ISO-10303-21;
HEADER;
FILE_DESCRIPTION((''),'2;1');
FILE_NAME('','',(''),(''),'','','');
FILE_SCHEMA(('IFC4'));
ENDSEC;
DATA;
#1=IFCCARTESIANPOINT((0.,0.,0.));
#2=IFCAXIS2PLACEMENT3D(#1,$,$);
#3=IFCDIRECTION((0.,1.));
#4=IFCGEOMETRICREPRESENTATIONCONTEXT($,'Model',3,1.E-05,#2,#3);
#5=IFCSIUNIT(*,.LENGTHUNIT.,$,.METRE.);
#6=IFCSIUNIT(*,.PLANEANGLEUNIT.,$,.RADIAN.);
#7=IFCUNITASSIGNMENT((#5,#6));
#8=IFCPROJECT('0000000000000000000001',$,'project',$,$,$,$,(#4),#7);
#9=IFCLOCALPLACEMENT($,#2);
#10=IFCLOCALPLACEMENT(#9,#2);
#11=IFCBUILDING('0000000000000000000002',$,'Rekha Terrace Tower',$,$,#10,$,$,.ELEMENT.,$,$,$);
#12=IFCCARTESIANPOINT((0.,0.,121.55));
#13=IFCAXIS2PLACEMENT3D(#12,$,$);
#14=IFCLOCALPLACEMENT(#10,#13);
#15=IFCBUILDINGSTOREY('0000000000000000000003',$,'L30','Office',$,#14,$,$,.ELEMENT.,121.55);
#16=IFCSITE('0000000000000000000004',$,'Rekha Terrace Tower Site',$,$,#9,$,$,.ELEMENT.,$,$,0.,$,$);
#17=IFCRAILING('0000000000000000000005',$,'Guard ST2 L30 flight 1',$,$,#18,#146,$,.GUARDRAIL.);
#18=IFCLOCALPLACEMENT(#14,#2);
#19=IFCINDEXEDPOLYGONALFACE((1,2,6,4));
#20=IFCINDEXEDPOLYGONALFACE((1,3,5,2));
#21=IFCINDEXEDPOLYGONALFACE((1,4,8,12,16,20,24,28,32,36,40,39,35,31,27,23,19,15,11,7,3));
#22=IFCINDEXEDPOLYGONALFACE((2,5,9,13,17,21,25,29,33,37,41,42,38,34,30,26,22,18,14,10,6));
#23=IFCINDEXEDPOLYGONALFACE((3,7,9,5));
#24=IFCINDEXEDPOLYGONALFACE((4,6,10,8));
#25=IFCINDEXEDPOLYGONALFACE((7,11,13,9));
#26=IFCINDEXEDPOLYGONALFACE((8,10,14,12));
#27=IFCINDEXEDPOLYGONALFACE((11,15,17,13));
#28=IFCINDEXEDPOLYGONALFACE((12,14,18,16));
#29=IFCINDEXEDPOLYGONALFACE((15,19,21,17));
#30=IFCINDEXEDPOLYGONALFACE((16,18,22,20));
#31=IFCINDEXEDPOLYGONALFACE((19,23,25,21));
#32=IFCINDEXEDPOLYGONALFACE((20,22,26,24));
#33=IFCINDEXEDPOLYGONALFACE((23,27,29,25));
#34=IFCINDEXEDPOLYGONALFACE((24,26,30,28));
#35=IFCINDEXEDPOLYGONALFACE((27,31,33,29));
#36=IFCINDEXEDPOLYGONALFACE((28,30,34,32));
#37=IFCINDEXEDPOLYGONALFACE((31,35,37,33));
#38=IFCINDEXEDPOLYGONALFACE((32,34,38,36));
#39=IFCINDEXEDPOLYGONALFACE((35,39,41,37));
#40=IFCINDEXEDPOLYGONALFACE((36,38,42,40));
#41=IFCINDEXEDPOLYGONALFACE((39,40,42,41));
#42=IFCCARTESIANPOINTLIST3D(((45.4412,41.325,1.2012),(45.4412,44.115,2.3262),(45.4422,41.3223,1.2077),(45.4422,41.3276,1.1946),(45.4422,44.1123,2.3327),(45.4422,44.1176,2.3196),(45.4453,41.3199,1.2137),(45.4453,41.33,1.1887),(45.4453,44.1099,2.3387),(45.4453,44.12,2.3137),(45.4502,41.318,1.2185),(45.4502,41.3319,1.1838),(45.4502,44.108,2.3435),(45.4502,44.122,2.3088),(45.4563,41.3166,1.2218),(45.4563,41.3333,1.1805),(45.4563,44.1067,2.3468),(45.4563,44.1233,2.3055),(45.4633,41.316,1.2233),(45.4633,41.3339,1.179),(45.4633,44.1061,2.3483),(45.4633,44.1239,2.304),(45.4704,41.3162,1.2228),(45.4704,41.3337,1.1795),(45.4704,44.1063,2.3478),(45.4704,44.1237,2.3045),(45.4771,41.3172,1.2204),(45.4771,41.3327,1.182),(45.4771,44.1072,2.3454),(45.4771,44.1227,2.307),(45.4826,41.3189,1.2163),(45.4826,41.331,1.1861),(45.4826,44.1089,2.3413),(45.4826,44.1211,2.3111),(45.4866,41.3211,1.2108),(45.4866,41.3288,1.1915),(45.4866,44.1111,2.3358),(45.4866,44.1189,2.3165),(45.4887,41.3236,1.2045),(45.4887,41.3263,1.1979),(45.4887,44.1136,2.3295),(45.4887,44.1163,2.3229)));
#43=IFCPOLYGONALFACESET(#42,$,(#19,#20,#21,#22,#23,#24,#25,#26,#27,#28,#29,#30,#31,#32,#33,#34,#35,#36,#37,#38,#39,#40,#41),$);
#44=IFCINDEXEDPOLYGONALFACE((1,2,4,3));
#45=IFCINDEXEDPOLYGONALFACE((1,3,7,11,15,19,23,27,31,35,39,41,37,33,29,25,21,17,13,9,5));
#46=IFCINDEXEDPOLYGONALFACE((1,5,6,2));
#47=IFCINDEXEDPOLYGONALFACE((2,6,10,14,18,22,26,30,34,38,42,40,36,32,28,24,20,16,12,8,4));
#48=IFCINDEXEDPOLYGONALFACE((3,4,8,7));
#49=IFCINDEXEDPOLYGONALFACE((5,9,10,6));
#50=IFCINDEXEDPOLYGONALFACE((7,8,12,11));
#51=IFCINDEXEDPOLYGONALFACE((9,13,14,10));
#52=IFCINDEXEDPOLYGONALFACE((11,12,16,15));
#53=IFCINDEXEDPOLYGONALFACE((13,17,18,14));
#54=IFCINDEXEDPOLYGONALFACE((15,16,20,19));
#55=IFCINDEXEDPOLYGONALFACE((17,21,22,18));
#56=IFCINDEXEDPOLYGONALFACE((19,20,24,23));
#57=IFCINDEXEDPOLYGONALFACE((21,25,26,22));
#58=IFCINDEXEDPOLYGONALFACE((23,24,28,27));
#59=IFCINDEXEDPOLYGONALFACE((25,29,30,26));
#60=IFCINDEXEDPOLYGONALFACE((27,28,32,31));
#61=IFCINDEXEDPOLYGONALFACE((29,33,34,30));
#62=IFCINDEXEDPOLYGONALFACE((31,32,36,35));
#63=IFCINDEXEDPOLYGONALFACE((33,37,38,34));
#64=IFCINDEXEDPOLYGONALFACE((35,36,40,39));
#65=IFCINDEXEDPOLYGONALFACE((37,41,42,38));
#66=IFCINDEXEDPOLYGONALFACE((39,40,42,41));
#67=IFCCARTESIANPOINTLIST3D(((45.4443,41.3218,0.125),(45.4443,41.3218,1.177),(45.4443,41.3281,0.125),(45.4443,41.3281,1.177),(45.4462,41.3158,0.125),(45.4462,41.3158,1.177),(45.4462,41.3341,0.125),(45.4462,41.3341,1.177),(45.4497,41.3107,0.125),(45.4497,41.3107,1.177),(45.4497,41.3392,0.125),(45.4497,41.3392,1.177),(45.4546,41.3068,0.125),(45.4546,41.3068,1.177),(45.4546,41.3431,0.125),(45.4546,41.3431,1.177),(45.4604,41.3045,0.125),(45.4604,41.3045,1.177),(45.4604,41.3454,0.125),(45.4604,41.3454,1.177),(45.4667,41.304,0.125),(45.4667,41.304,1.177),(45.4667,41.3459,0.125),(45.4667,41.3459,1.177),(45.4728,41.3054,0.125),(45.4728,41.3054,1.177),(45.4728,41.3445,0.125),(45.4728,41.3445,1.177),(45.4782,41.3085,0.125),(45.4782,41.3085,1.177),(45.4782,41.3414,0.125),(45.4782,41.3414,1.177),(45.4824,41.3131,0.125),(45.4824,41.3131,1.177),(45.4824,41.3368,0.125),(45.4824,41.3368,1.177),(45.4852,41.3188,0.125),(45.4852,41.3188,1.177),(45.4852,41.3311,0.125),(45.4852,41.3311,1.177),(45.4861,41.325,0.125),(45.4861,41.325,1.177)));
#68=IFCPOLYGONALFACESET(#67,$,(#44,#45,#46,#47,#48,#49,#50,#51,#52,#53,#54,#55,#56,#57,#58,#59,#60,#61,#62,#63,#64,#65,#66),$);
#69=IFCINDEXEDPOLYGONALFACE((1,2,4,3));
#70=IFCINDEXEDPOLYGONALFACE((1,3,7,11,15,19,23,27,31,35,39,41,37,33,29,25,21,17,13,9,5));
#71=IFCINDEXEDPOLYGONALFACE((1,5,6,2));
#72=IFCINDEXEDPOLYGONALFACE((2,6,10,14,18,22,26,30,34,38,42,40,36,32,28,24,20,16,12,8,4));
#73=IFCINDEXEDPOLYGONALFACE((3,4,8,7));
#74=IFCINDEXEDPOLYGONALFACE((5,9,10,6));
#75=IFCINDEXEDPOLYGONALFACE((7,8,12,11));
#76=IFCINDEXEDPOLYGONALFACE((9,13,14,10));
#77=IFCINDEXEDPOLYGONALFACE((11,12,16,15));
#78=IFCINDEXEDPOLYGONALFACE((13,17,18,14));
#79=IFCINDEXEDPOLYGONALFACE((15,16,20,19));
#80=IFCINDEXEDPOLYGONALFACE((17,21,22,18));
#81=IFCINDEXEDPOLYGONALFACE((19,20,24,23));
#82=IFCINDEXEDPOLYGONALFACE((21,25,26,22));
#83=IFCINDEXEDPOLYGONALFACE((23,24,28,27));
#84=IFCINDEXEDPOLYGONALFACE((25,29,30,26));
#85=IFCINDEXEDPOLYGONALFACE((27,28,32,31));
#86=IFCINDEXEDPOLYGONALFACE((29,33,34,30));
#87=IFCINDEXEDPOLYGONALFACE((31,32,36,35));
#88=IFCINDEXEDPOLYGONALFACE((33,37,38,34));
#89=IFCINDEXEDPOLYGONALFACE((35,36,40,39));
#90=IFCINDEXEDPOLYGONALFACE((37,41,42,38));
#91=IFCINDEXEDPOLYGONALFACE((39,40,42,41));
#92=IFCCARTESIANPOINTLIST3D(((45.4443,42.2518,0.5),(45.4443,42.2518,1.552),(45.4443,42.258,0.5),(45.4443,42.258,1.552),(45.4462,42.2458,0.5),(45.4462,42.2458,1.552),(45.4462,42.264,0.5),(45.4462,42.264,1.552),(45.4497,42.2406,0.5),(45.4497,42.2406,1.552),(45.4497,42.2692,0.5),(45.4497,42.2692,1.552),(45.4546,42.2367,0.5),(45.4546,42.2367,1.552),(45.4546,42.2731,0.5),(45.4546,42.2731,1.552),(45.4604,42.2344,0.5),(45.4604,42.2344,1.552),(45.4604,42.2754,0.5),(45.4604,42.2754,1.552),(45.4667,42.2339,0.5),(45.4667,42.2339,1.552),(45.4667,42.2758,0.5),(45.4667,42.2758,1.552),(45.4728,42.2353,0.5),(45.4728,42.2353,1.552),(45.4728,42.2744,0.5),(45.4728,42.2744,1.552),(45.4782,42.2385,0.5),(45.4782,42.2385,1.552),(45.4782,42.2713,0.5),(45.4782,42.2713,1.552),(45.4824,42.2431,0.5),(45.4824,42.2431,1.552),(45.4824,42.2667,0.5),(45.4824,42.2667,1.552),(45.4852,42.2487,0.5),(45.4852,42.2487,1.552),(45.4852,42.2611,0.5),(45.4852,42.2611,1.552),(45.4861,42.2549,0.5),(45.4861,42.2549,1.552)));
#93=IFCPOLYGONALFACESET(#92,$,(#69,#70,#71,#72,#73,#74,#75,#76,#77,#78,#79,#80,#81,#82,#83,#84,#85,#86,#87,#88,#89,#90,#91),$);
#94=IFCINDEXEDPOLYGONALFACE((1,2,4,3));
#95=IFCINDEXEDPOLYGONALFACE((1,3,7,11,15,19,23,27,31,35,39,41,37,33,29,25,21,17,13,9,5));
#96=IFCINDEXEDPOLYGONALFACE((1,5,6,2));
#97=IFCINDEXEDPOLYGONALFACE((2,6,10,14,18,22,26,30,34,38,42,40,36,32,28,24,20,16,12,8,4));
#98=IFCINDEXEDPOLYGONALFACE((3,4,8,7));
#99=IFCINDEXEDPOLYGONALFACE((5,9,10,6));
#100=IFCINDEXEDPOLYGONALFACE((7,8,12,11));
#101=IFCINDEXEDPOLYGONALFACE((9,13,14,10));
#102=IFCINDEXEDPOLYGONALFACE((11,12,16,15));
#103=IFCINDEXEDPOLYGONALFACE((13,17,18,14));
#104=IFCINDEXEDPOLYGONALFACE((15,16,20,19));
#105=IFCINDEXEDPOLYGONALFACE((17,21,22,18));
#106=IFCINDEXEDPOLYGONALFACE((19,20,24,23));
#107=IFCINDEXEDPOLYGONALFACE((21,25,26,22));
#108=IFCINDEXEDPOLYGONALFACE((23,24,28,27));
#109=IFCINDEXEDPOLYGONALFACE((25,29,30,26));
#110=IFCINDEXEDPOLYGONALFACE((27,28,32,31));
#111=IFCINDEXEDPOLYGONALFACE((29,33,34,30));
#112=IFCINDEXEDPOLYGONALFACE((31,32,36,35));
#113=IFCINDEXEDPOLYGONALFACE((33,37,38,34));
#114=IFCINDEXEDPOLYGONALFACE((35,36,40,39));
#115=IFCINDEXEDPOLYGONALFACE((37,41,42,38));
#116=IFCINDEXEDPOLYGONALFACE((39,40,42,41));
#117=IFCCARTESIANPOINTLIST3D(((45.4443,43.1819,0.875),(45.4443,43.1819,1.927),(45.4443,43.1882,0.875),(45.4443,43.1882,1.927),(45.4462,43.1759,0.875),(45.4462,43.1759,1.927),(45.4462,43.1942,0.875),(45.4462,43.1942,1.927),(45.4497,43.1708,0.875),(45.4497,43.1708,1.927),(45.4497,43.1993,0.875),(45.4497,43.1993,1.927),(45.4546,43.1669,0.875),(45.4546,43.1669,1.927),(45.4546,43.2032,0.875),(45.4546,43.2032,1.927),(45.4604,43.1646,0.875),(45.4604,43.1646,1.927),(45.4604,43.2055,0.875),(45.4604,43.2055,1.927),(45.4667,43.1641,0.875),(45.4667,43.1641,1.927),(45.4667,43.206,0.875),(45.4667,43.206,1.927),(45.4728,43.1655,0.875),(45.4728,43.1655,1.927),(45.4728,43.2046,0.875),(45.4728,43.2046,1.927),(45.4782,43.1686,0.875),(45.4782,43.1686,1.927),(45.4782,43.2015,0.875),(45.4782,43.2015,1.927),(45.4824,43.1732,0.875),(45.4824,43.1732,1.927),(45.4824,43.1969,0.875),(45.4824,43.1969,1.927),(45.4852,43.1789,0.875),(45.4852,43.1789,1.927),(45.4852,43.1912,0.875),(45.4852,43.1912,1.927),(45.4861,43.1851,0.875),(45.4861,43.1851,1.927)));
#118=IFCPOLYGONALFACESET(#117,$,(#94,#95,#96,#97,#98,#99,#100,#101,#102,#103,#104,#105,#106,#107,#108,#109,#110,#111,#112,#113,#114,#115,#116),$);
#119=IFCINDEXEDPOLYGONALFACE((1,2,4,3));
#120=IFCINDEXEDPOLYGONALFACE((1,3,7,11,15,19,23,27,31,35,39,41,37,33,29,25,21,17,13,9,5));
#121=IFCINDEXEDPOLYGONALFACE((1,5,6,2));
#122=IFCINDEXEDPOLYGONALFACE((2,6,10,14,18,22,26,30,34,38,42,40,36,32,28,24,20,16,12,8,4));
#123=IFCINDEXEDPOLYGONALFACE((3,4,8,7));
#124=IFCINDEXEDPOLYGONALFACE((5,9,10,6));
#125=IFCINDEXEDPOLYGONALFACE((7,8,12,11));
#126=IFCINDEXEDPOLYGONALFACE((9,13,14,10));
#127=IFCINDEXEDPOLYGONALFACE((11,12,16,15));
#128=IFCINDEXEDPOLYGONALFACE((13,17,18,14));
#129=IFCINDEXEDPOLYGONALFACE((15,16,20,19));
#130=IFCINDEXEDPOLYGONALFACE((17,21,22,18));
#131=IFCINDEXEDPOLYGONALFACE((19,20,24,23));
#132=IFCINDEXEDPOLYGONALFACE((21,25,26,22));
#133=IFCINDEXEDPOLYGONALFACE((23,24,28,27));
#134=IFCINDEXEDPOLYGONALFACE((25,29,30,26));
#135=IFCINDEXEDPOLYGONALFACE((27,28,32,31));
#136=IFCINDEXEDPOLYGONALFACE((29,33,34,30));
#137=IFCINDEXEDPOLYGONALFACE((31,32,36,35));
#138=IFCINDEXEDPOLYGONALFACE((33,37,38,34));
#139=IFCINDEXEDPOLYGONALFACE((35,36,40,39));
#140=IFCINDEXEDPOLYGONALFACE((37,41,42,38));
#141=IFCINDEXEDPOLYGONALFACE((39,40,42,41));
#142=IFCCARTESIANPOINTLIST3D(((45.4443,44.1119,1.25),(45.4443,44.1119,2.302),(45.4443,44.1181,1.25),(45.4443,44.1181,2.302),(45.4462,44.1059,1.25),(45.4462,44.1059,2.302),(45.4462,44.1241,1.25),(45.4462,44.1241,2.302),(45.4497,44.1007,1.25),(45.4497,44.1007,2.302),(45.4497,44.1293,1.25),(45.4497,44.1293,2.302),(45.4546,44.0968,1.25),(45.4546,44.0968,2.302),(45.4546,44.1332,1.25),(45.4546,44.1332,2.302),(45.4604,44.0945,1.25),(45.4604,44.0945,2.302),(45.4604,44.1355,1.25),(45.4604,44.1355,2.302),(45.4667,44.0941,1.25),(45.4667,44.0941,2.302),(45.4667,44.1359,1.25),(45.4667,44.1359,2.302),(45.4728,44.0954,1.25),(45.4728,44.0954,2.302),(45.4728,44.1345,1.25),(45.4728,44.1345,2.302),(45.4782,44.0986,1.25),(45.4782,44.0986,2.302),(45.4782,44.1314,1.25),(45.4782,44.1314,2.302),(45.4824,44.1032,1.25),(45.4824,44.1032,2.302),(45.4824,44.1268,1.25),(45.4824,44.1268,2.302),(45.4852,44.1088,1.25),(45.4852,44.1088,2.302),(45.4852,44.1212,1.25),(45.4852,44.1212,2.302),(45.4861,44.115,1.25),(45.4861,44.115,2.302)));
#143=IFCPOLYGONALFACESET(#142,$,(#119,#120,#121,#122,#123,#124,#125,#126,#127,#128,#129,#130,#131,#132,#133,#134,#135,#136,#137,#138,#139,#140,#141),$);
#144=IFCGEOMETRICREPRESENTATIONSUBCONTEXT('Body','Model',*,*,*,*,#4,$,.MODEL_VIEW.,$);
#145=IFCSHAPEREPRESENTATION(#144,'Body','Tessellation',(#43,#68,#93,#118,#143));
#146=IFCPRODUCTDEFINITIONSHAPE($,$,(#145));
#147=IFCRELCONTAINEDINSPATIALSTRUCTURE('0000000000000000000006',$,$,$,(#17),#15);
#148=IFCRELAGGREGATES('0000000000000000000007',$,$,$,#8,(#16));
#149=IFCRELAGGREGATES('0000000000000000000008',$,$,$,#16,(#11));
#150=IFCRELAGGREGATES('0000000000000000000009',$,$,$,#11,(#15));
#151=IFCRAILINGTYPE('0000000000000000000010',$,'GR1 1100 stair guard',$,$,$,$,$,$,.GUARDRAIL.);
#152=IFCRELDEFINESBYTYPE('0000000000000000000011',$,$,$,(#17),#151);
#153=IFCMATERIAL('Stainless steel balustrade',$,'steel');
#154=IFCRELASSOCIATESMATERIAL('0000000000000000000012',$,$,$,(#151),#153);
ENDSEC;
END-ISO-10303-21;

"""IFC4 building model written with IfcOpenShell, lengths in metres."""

from ifc_helpers import new_model, si_unit, direction, frame, origin, origin_2d, place, context, subcontext, project, spatial, circle, extrude, material, type_object, element, save


model = new_model("IFC4")

# Units and contexts
model_context = context("Model", 3, precision=1e-05, world=origin(), true_north=direction((0.0, 1.0)))
body_context = subcontext(model_context, "Body", "Model", "MODEL_VIEW")
ifc_project = project(units=[si_unit("LENGTHUNIT", "METRE"), si_unit("PLANEANGLEUNIT", "RADIAN")], contexts=[model_context])

# Site, building, storey
site_placement = place(None, origin())
site = spatial("IfcSite", under=ifc_project, at=site_placement, Name="Rekha Terrace Tower Site", CompositionType="ELEMENT", RefElevation=0.0)
building_placement = place(site_placement, origin())
building = spatial("IfcBuilding", under=site, at=building_placement, Name="Rekha Terrace Tower", CompositionType="ELEMENT")
storey_placement = place(building_placement, frame((0.0, 0.0, 121.55)))
storey = spatial("IfcBuildingStorey", under=building, at=storey_placement, Name="L30", Description="Office", CompositionType="ELEMENT", Elevation=121.55)

# Railing
ifc_material_1 = material(Name="Stainless steel balustrade", Category="steel")
railing_type_1 = type_object("IfcRailingType", Name="GR1 1100 stair guard", PredefinedType="GUARDRAIL", material=ifc_material_1)
railing_1_placement = place(storey_placement, frame((45.4651, 41.325, 0.125)))
element("IfcRailing", 1, at=railing_1_placement, inside=storey, type_object=railing_type_1, Name="Guard ST2 L30 flight 1", PredefinedType="GUARDRAIL", context=body_context, shape_type="SweptSolid", body=[
    extrude(circle(Radius=0.0239, at=origin_2d()), frame((0.0, 0.0, 1.0762), z_axis=(0.0, 0.927443, 0.373964), x_axis=(-1.0, 0.0, 0.0)), (0.0, 0.0, 1.0), 3.0083),
    extrude(circle(Radius=0.021, at=origin_2d()), origin(), (0.0, 0.0, 1.0), 1.052),
    extrude(circle(Radius=0.021, at=origin_2d()), frame((0.0, 0.9299, 0.375)), (0.0, 0.0, 1.0), 1.052),
    extrude(circle(Radius=0.021, at=origin_2d()), frame((0.0, 1.8601, 0.75)), (0.0, 0.0, 1.0), 1.052),
    extrude(circle(Radius=0.021, at=origin_2d()), frame((0.0, 2.79, 1.125)), (0.0, 0.0, 1.0), 1.052),
])

save(model, "model.ifc")
